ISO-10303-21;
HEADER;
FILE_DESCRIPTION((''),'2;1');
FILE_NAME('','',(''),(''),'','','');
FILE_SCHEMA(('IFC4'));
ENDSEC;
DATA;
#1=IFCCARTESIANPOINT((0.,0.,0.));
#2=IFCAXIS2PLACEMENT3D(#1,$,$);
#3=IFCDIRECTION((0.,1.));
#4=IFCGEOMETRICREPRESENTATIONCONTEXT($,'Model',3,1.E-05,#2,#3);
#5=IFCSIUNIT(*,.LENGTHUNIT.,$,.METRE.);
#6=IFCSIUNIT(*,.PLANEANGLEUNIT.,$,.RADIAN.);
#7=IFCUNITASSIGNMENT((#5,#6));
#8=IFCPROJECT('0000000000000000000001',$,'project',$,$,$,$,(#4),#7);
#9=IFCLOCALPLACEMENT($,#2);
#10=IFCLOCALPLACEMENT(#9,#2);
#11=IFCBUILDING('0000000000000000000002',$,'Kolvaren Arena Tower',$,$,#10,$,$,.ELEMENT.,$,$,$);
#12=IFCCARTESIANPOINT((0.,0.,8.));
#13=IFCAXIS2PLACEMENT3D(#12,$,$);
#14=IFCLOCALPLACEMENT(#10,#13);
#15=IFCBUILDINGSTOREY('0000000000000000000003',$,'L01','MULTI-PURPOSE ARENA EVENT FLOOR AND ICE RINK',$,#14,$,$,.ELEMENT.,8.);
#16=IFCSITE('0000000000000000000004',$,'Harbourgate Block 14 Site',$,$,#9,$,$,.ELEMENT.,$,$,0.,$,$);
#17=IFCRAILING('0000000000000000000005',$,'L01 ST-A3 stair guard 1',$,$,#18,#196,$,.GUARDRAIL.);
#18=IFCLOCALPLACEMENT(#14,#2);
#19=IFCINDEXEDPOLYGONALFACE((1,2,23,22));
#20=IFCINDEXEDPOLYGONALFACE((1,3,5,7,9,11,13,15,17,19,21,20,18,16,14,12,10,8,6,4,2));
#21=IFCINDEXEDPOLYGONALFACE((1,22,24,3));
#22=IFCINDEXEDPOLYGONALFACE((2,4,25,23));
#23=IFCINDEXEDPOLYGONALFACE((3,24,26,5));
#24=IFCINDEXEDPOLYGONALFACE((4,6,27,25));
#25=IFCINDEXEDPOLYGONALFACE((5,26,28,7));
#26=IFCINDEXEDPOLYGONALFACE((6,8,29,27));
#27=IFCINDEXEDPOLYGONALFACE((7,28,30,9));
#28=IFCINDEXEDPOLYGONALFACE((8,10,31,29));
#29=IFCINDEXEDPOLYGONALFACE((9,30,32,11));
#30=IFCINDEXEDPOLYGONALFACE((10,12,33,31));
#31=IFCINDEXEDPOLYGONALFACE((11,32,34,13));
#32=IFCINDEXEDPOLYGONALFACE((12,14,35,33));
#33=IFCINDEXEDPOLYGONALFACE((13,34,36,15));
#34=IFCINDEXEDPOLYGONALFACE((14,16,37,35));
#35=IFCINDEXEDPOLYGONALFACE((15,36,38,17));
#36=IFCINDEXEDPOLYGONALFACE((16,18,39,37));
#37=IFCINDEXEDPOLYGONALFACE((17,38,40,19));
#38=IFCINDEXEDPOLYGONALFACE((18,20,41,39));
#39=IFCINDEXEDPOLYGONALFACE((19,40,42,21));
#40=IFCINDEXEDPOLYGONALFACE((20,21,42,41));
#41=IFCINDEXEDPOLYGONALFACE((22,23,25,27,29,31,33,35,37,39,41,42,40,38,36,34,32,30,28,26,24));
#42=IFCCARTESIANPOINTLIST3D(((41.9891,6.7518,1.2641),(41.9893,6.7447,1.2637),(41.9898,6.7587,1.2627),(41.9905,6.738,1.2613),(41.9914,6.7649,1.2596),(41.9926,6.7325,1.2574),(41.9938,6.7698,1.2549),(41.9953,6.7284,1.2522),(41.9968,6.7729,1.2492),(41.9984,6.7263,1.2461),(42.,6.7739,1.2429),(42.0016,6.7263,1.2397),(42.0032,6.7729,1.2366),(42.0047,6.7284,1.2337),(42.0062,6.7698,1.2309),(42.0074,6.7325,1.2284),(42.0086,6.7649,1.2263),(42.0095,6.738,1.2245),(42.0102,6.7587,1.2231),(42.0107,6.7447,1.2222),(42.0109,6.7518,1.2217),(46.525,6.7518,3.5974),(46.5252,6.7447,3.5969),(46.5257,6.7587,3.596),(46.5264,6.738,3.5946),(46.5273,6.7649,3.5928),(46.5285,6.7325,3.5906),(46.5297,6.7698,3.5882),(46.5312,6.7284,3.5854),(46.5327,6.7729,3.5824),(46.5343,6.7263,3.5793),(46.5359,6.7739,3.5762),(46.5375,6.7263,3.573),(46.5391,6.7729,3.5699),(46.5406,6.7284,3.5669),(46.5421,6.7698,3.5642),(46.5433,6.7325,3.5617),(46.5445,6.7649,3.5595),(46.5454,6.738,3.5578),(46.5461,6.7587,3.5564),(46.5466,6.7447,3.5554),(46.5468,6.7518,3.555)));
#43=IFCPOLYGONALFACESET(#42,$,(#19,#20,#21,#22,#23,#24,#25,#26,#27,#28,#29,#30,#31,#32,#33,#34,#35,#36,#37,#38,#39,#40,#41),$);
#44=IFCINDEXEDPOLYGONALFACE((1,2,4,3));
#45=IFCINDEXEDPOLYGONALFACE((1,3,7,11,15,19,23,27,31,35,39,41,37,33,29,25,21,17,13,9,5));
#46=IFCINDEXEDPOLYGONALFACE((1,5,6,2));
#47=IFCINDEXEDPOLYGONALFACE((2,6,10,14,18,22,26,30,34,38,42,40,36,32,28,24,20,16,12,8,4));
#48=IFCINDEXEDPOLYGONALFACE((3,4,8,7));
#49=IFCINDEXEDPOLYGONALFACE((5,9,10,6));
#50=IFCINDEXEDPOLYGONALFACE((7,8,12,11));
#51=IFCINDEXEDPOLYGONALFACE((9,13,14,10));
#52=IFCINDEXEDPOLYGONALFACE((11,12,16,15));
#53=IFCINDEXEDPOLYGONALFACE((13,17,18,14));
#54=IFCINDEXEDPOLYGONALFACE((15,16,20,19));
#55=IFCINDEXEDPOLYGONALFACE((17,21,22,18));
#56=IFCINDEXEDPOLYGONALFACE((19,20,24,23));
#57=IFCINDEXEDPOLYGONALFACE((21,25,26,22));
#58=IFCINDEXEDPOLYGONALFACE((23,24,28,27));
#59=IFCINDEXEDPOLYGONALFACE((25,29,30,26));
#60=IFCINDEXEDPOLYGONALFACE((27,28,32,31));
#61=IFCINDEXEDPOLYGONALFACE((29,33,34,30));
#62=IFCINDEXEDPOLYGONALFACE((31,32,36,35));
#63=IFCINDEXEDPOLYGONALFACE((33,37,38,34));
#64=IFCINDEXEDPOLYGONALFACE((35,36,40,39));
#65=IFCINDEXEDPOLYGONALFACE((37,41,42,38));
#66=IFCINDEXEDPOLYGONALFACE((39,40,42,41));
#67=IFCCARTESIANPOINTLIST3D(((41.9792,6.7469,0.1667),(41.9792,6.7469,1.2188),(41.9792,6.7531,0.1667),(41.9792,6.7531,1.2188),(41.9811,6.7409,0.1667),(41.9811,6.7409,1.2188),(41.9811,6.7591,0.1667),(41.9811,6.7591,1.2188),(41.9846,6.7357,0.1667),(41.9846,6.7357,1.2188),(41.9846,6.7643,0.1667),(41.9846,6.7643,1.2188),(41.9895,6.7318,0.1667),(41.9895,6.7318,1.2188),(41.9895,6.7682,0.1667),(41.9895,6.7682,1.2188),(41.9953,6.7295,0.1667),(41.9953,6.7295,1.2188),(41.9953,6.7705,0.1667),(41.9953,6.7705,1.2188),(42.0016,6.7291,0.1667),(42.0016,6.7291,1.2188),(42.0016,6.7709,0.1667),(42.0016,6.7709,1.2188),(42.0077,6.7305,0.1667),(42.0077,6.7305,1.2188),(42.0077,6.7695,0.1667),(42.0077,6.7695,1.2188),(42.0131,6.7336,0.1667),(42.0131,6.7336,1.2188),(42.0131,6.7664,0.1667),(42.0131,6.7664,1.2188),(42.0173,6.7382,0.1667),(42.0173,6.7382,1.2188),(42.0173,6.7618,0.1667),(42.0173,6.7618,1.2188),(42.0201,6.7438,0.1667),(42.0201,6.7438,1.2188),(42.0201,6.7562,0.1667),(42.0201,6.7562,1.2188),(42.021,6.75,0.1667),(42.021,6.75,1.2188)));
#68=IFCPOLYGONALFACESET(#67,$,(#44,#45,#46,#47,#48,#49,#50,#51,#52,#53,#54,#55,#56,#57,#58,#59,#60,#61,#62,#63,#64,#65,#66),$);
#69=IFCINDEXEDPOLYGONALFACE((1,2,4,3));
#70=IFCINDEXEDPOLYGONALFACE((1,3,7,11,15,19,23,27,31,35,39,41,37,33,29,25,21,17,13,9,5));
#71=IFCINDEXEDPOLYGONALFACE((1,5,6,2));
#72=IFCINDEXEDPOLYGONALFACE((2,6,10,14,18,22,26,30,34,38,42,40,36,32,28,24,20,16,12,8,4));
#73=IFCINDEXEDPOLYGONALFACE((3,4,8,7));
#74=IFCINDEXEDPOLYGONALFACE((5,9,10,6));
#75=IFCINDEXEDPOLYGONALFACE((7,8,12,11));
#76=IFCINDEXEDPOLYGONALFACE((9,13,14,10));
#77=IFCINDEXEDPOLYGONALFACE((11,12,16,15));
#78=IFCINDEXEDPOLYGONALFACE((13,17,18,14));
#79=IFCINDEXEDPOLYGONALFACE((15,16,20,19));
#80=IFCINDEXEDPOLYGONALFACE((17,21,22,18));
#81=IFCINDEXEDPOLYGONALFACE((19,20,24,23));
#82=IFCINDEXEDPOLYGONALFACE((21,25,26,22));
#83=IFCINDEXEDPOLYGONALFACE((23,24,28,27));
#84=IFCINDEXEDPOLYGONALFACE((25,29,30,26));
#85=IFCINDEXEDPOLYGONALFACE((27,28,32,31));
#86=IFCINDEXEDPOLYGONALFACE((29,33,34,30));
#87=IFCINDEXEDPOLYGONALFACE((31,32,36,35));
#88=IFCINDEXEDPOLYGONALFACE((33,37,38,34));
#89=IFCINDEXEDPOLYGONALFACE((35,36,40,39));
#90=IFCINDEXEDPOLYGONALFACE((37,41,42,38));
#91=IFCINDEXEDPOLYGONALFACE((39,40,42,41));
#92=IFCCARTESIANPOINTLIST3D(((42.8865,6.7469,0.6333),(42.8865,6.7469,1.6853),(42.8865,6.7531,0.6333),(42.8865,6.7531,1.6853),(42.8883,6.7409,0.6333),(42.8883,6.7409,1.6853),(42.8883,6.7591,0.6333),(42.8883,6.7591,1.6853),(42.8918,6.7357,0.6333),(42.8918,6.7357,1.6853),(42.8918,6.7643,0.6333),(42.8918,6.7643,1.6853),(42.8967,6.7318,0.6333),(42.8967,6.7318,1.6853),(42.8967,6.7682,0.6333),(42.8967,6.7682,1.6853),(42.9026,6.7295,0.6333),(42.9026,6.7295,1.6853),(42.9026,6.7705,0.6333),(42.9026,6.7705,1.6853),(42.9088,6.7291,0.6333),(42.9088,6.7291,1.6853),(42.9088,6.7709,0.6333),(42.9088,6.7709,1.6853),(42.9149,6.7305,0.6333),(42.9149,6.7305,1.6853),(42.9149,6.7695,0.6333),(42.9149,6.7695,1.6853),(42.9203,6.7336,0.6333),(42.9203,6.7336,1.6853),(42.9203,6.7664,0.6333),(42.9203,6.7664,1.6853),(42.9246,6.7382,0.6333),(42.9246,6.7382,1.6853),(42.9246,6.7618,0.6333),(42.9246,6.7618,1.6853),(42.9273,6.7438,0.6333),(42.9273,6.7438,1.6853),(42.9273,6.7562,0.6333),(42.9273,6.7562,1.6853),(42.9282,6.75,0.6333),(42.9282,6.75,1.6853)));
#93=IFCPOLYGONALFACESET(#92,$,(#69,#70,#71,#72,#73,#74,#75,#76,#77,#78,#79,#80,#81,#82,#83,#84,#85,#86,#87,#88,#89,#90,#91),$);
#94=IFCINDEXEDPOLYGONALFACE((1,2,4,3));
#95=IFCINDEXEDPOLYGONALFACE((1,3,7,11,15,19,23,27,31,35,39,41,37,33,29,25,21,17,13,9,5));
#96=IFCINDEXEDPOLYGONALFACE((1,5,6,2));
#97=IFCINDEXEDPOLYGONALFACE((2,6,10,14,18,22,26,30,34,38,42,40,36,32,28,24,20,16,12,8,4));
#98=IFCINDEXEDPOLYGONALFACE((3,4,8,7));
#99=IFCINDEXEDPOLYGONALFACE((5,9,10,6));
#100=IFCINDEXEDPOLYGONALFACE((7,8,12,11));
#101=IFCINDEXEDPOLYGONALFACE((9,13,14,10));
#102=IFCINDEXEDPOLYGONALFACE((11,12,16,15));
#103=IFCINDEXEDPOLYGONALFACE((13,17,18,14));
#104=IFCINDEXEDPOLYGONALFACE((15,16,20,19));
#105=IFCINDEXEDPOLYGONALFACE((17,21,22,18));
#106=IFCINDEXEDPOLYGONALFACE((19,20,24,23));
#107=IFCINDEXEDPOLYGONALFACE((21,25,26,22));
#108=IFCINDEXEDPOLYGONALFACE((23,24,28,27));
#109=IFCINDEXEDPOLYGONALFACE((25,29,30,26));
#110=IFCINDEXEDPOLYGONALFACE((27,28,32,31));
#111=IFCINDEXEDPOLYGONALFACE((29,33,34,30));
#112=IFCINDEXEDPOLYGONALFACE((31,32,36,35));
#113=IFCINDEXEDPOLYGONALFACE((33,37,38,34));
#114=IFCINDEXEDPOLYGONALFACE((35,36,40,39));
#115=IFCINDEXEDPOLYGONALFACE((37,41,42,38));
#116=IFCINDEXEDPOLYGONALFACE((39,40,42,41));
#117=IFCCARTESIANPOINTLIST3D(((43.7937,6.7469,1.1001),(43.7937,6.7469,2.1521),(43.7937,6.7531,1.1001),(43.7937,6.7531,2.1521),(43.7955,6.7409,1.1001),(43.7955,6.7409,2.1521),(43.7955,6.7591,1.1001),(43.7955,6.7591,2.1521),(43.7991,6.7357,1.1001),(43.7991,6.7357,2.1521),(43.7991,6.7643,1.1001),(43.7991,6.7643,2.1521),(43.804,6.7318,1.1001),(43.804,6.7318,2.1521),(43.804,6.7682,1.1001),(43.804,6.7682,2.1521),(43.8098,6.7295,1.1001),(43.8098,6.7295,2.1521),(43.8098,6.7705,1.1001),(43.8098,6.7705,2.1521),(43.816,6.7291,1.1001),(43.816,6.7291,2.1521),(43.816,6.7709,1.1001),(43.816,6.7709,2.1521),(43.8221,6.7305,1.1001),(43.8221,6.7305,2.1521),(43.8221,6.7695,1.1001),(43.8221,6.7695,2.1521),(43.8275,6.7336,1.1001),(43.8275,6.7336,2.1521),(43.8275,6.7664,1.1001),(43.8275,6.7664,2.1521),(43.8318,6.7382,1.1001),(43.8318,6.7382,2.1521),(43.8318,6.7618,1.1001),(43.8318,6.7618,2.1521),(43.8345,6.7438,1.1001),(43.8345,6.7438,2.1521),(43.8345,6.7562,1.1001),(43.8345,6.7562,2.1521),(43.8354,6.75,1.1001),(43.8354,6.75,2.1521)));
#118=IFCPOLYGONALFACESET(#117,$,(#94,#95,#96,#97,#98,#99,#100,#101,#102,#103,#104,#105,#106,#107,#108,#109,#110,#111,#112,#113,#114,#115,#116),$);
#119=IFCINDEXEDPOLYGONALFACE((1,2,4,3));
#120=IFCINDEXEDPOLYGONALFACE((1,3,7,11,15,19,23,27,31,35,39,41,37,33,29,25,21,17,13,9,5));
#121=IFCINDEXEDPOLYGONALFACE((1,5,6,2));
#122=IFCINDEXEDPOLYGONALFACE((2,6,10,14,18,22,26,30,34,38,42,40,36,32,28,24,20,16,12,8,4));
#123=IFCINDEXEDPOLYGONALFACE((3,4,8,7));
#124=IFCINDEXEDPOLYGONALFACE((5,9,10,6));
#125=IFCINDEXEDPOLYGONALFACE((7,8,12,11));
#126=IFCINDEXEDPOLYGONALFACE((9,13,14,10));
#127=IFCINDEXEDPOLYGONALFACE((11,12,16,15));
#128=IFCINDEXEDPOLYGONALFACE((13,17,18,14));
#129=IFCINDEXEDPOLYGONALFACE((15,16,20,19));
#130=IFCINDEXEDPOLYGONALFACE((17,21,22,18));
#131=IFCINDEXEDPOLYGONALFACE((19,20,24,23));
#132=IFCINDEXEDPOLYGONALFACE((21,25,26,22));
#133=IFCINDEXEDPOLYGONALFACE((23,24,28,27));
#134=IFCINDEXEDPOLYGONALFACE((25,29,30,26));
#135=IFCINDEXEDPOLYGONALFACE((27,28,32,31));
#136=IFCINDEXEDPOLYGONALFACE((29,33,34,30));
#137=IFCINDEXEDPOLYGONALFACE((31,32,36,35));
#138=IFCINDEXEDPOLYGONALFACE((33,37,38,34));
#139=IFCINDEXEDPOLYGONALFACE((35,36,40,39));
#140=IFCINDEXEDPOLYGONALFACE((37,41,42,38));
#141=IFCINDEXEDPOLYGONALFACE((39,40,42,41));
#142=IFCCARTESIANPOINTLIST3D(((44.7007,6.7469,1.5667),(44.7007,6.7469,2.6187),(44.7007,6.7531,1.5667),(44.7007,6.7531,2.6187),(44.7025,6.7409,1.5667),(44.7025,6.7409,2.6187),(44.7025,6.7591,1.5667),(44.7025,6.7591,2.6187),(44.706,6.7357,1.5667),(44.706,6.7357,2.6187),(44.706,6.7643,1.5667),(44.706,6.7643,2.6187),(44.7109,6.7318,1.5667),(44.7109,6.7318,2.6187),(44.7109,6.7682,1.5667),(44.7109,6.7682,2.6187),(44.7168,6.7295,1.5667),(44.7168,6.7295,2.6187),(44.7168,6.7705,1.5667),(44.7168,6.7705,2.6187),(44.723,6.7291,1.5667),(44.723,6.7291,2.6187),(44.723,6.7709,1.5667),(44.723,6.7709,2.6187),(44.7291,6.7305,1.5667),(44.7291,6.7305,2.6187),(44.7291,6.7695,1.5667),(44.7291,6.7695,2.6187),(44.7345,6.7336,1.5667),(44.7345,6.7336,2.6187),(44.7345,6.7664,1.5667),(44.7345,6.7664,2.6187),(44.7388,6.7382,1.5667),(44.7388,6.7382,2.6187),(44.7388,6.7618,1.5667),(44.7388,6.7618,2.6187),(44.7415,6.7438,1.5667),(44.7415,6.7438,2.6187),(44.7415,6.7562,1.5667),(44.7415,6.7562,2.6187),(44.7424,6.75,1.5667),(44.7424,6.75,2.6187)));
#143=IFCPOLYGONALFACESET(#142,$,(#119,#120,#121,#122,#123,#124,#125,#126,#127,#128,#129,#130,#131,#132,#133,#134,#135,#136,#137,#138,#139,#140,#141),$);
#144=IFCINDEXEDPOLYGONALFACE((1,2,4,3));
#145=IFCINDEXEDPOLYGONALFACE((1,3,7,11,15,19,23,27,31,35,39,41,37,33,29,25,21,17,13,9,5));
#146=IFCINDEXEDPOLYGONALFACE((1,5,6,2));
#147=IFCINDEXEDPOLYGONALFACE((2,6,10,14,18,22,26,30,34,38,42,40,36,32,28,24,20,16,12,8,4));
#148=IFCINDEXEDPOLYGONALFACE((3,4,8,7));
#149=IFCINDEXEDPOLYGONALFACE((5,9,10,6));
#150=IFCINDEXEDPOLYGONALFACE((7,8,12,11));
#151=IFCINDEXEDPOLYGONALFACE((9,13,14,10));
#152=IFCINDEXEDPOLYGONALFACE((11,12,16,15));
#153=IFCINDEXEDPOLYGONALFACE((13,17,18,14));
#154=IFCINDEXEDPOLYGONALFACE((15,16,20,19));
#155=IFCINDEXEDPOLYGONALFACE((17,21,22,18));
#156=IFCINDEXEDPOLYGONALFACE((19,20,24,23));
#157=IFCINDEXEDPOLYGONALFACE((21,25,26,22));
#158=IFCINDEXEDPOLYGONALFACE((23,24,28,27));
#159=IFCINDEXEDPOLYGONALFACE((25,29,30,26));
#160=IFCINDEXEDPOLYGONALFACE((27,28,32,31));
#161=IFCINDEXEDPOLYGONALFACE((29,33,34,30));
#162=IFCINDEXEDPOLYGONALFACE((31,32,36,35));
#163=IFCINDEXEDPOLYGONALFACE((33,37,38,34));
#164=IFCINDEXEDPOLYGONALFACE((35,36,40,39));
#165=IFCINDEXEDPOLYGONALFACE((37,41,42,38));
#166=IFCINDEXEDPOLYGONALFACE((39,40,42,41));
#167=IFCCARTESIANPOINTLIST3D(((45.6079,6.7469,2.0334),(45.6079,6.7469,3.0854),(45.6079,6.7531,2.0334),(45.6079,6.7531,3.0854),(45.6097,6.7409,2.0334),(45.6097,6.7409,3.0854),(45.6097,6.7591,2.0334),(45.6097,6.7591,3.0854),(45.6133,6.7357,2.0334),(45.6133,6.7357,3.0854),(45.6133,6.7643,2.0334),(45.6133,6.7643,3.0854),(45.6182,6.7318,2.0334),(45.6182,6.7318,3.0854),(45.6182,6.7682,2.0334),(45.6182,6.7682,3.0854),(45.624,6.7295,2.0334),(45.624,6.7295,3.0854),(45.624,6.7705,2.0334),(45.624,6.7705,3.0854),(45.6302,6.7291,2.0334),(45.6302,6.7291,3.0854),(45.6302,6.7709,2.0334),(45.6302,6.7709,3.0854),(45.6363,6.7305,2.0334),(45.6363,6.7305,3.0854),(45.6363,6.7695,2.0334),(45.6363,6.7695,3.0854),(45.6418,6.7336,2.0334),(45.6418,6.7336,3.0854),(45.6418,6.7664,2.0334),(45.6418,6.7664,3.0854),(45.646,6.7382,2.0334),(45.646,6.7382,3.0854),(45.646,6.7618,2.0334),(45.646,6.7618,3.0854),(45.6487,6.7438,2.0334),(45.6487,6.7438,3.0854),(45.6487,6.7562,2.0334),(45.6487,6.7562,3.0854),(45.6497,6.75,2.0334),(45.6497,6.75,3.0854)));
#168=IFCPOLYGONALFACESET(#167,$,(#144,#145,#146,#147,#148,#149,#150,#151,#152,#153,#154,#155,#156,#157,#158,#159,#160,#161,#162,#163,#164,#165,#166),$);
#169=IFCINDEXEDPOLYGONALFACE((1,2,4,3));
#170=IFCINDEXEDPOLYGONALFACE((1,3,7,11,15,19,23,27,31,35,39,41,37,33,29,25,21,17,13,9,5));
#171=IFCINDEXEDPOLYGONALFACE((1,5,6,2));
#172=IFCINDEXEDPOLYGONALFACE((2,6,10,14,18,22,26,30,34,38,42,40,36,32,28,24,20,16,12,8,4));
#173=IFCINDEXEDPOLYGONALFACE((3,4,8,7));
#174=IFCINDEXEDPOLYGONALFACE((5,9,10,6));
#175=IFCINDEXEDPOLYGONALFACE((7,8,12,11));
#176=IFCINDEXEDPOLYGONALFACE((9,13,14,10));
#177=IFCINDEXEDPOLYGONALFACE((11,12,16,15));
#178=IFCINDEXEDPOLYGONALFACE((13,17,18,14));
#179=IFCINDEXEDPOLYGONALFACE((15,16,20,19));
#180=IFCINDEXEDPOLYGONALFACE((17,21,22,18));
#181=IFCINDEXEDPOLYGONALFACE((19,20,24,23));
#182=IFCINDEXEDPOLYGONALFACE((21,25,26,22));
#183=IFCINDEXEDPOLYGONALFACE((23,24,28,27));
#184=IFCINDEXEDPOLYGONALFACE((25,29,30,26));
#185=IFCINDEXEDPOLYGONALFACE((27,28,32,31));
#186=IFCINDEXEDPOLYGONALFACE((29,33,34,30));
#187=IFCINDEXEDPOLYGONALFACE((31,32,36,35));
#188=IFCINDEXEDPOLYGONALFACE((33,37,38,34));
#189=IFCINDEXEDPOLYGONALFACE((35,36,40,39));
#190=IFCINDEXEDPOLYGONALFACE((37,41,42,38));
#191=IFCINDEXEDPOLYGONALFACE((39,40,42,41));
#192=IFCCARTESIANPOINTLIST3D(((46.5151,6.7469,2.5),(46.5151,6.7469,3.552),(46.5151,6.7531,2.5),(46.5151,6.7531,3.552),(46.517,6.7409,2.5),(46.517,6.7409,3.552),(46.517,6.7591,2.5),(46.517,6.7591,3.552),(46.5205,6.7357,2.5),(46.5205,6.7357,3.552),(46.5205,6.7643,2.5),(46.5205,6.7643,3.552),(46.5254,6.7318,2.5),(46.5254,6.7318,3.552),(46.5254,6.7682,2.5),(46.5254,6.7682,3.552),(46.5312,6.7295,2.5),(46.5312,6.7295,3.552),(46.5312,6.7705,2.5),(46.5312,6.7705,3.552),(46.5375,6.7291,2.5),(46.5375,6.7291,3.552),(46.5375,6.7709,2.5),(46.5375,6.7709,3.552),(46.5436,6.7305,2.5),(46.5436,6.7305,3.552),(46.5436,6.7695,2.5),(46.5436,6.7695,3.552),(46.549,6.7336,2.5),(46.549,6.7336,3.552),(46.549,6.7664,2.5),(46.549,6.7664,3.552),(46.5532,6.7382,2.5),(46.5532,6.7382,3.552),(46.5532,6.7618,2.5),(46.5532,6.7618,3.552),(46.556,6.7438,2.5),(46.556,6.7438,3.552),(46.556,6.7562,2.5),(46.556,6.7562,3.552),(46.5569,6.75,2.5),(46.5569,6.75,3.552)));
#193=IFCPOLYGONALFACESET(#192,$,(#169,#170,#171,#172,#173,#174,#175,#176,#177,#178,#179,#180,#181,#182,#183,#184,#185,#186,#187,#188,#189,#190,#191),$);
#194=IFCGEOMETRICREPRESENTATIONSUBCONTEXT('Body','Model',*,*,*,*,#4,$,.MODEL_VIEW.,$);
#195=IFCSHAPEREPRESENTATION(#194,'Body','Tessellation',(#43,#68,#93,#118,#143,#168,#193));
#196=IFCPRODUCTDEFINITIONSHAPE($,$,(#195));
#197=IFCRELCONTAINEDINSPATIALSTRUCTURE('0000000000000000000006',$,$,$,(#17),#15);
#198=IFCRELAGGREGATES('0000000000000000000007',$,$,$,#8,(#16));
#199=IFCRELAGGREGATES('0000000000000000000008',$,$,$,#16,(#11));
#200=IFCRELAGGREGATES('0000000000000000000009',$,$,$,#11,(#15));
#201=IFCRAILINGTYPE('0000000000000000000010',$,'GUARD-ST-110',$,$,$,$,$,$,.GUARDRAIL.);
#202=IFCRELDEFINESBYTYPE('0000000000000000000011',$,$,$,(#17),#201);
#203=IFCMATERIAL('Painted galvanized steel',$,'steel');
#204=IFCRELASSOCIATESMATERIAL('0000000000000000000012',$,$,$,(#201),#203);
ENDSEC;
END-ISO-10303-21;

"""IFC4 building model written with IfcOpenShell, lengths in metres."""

from ifc_helpers import new_model, si_unit, direction, frame, origin, origin_2d, place, context, subcontext, project, spatial, circle, extrude, material, type_object, element, save


model = new_model("IFC4")

# Units and contexts
model_context = context("Model", 3, precision=1e-05, world=origin(), true_north=direction((0.0, 1.0)))
body_context = subcontext(model_context, "Body", "Model", "MODEL_VIEW")
ifc_project = project(units=[si_unit("LENGTHUNIT", "METRE"), si_unit("PLANEANGLEUNIT", "RADIAN")], contexts=[model_context])

# Site, building, storey
site_placement = place(None, origin())
site = spatial("IfcSite", under=ifc_project, at=site_placement, Name="Harbourgate Block 14 Site", CompositionType="ELEMENT", RefElevation=0.0)
building_placement = place(site_placement, origin())
building = spatial("IfcBuilding", under=site, at=building_placement, Name="Kolvaren Arena Tower", CompositionType="ELEMENT")
storey_placement = place(building_placement, frame((0.0, 0.0, 8.0)))
storey = spatial("IfcBuildingStorey", under=building, at=storey_placement, Name="L01", Description="MULTI-PURPOSE ARENA EVENT FLOOR AND ICE RINK", CompositionType="ELEMENT", Elevation=8.0)

# Railing
ifc_material_1 = material(Name="Painted galvanized steel", Category="steel")
railing_type_1 = type_object("IfcRailingType", Name="GUARD-ST-110", PredefinedType="GUARDRAIL", material=ifc_material_1)
railing_1_placement = place(storey_placement, frame((42.0, 6.75, 0.1667)))
element("IfcRailing", 1, at=railing_1_placement, inside=storey, type_object=railing_type_1, Name="L01 ST-A3 stair guard 1", PredefinedType="GUARDRAIL", context=body_context, shape_type="SweptSolid", body=[
    extrude(circle(Radius=0.0239, at=origin_2d()), frame((0.0, 0.0, 1.0762), z_axis=(0.889247, 0.0, 0.457427), x_axis=(0.0, 1.0, 0.0)), (0.0, 0.0, 1.0), 5.1008),
    extrude(circle(Radius=0.021, at=origin_2d()), origin(), (0.0, 0.0, 1.0), 1.052),
    extrude(circle(Radius=0.021, at=origin_2d()), frame((0.9072, 0.0, 0.4666)), (0.0, 0.0, 1.0), 1.052),
    extrude(circle(Radius=0.021, at=origin_2d()), frame((1.8145, 0.0, 0.9333)), (0.0, 0.0, 1.0), 1.052),
    extrude(circle(Radius=0.021, at=origin_2d()), frame((2.7214, 0.0, 1.3999)), (0.0, 0.0, 1.0), 1.052),
    extrude(circle(Radius=0.021, at=origin_2d()), frame((3.6287, 0.0, 1.8667)), (0.0, 0.0, 1.0), 1.052),
    extrude(circle(Radius=0.021, at=origin_2d()), frame((4.5359, 0.0, 2.3333)), (0.0, 0.0, 1.0), 1.052),
])

save(model, "model.ifc")
